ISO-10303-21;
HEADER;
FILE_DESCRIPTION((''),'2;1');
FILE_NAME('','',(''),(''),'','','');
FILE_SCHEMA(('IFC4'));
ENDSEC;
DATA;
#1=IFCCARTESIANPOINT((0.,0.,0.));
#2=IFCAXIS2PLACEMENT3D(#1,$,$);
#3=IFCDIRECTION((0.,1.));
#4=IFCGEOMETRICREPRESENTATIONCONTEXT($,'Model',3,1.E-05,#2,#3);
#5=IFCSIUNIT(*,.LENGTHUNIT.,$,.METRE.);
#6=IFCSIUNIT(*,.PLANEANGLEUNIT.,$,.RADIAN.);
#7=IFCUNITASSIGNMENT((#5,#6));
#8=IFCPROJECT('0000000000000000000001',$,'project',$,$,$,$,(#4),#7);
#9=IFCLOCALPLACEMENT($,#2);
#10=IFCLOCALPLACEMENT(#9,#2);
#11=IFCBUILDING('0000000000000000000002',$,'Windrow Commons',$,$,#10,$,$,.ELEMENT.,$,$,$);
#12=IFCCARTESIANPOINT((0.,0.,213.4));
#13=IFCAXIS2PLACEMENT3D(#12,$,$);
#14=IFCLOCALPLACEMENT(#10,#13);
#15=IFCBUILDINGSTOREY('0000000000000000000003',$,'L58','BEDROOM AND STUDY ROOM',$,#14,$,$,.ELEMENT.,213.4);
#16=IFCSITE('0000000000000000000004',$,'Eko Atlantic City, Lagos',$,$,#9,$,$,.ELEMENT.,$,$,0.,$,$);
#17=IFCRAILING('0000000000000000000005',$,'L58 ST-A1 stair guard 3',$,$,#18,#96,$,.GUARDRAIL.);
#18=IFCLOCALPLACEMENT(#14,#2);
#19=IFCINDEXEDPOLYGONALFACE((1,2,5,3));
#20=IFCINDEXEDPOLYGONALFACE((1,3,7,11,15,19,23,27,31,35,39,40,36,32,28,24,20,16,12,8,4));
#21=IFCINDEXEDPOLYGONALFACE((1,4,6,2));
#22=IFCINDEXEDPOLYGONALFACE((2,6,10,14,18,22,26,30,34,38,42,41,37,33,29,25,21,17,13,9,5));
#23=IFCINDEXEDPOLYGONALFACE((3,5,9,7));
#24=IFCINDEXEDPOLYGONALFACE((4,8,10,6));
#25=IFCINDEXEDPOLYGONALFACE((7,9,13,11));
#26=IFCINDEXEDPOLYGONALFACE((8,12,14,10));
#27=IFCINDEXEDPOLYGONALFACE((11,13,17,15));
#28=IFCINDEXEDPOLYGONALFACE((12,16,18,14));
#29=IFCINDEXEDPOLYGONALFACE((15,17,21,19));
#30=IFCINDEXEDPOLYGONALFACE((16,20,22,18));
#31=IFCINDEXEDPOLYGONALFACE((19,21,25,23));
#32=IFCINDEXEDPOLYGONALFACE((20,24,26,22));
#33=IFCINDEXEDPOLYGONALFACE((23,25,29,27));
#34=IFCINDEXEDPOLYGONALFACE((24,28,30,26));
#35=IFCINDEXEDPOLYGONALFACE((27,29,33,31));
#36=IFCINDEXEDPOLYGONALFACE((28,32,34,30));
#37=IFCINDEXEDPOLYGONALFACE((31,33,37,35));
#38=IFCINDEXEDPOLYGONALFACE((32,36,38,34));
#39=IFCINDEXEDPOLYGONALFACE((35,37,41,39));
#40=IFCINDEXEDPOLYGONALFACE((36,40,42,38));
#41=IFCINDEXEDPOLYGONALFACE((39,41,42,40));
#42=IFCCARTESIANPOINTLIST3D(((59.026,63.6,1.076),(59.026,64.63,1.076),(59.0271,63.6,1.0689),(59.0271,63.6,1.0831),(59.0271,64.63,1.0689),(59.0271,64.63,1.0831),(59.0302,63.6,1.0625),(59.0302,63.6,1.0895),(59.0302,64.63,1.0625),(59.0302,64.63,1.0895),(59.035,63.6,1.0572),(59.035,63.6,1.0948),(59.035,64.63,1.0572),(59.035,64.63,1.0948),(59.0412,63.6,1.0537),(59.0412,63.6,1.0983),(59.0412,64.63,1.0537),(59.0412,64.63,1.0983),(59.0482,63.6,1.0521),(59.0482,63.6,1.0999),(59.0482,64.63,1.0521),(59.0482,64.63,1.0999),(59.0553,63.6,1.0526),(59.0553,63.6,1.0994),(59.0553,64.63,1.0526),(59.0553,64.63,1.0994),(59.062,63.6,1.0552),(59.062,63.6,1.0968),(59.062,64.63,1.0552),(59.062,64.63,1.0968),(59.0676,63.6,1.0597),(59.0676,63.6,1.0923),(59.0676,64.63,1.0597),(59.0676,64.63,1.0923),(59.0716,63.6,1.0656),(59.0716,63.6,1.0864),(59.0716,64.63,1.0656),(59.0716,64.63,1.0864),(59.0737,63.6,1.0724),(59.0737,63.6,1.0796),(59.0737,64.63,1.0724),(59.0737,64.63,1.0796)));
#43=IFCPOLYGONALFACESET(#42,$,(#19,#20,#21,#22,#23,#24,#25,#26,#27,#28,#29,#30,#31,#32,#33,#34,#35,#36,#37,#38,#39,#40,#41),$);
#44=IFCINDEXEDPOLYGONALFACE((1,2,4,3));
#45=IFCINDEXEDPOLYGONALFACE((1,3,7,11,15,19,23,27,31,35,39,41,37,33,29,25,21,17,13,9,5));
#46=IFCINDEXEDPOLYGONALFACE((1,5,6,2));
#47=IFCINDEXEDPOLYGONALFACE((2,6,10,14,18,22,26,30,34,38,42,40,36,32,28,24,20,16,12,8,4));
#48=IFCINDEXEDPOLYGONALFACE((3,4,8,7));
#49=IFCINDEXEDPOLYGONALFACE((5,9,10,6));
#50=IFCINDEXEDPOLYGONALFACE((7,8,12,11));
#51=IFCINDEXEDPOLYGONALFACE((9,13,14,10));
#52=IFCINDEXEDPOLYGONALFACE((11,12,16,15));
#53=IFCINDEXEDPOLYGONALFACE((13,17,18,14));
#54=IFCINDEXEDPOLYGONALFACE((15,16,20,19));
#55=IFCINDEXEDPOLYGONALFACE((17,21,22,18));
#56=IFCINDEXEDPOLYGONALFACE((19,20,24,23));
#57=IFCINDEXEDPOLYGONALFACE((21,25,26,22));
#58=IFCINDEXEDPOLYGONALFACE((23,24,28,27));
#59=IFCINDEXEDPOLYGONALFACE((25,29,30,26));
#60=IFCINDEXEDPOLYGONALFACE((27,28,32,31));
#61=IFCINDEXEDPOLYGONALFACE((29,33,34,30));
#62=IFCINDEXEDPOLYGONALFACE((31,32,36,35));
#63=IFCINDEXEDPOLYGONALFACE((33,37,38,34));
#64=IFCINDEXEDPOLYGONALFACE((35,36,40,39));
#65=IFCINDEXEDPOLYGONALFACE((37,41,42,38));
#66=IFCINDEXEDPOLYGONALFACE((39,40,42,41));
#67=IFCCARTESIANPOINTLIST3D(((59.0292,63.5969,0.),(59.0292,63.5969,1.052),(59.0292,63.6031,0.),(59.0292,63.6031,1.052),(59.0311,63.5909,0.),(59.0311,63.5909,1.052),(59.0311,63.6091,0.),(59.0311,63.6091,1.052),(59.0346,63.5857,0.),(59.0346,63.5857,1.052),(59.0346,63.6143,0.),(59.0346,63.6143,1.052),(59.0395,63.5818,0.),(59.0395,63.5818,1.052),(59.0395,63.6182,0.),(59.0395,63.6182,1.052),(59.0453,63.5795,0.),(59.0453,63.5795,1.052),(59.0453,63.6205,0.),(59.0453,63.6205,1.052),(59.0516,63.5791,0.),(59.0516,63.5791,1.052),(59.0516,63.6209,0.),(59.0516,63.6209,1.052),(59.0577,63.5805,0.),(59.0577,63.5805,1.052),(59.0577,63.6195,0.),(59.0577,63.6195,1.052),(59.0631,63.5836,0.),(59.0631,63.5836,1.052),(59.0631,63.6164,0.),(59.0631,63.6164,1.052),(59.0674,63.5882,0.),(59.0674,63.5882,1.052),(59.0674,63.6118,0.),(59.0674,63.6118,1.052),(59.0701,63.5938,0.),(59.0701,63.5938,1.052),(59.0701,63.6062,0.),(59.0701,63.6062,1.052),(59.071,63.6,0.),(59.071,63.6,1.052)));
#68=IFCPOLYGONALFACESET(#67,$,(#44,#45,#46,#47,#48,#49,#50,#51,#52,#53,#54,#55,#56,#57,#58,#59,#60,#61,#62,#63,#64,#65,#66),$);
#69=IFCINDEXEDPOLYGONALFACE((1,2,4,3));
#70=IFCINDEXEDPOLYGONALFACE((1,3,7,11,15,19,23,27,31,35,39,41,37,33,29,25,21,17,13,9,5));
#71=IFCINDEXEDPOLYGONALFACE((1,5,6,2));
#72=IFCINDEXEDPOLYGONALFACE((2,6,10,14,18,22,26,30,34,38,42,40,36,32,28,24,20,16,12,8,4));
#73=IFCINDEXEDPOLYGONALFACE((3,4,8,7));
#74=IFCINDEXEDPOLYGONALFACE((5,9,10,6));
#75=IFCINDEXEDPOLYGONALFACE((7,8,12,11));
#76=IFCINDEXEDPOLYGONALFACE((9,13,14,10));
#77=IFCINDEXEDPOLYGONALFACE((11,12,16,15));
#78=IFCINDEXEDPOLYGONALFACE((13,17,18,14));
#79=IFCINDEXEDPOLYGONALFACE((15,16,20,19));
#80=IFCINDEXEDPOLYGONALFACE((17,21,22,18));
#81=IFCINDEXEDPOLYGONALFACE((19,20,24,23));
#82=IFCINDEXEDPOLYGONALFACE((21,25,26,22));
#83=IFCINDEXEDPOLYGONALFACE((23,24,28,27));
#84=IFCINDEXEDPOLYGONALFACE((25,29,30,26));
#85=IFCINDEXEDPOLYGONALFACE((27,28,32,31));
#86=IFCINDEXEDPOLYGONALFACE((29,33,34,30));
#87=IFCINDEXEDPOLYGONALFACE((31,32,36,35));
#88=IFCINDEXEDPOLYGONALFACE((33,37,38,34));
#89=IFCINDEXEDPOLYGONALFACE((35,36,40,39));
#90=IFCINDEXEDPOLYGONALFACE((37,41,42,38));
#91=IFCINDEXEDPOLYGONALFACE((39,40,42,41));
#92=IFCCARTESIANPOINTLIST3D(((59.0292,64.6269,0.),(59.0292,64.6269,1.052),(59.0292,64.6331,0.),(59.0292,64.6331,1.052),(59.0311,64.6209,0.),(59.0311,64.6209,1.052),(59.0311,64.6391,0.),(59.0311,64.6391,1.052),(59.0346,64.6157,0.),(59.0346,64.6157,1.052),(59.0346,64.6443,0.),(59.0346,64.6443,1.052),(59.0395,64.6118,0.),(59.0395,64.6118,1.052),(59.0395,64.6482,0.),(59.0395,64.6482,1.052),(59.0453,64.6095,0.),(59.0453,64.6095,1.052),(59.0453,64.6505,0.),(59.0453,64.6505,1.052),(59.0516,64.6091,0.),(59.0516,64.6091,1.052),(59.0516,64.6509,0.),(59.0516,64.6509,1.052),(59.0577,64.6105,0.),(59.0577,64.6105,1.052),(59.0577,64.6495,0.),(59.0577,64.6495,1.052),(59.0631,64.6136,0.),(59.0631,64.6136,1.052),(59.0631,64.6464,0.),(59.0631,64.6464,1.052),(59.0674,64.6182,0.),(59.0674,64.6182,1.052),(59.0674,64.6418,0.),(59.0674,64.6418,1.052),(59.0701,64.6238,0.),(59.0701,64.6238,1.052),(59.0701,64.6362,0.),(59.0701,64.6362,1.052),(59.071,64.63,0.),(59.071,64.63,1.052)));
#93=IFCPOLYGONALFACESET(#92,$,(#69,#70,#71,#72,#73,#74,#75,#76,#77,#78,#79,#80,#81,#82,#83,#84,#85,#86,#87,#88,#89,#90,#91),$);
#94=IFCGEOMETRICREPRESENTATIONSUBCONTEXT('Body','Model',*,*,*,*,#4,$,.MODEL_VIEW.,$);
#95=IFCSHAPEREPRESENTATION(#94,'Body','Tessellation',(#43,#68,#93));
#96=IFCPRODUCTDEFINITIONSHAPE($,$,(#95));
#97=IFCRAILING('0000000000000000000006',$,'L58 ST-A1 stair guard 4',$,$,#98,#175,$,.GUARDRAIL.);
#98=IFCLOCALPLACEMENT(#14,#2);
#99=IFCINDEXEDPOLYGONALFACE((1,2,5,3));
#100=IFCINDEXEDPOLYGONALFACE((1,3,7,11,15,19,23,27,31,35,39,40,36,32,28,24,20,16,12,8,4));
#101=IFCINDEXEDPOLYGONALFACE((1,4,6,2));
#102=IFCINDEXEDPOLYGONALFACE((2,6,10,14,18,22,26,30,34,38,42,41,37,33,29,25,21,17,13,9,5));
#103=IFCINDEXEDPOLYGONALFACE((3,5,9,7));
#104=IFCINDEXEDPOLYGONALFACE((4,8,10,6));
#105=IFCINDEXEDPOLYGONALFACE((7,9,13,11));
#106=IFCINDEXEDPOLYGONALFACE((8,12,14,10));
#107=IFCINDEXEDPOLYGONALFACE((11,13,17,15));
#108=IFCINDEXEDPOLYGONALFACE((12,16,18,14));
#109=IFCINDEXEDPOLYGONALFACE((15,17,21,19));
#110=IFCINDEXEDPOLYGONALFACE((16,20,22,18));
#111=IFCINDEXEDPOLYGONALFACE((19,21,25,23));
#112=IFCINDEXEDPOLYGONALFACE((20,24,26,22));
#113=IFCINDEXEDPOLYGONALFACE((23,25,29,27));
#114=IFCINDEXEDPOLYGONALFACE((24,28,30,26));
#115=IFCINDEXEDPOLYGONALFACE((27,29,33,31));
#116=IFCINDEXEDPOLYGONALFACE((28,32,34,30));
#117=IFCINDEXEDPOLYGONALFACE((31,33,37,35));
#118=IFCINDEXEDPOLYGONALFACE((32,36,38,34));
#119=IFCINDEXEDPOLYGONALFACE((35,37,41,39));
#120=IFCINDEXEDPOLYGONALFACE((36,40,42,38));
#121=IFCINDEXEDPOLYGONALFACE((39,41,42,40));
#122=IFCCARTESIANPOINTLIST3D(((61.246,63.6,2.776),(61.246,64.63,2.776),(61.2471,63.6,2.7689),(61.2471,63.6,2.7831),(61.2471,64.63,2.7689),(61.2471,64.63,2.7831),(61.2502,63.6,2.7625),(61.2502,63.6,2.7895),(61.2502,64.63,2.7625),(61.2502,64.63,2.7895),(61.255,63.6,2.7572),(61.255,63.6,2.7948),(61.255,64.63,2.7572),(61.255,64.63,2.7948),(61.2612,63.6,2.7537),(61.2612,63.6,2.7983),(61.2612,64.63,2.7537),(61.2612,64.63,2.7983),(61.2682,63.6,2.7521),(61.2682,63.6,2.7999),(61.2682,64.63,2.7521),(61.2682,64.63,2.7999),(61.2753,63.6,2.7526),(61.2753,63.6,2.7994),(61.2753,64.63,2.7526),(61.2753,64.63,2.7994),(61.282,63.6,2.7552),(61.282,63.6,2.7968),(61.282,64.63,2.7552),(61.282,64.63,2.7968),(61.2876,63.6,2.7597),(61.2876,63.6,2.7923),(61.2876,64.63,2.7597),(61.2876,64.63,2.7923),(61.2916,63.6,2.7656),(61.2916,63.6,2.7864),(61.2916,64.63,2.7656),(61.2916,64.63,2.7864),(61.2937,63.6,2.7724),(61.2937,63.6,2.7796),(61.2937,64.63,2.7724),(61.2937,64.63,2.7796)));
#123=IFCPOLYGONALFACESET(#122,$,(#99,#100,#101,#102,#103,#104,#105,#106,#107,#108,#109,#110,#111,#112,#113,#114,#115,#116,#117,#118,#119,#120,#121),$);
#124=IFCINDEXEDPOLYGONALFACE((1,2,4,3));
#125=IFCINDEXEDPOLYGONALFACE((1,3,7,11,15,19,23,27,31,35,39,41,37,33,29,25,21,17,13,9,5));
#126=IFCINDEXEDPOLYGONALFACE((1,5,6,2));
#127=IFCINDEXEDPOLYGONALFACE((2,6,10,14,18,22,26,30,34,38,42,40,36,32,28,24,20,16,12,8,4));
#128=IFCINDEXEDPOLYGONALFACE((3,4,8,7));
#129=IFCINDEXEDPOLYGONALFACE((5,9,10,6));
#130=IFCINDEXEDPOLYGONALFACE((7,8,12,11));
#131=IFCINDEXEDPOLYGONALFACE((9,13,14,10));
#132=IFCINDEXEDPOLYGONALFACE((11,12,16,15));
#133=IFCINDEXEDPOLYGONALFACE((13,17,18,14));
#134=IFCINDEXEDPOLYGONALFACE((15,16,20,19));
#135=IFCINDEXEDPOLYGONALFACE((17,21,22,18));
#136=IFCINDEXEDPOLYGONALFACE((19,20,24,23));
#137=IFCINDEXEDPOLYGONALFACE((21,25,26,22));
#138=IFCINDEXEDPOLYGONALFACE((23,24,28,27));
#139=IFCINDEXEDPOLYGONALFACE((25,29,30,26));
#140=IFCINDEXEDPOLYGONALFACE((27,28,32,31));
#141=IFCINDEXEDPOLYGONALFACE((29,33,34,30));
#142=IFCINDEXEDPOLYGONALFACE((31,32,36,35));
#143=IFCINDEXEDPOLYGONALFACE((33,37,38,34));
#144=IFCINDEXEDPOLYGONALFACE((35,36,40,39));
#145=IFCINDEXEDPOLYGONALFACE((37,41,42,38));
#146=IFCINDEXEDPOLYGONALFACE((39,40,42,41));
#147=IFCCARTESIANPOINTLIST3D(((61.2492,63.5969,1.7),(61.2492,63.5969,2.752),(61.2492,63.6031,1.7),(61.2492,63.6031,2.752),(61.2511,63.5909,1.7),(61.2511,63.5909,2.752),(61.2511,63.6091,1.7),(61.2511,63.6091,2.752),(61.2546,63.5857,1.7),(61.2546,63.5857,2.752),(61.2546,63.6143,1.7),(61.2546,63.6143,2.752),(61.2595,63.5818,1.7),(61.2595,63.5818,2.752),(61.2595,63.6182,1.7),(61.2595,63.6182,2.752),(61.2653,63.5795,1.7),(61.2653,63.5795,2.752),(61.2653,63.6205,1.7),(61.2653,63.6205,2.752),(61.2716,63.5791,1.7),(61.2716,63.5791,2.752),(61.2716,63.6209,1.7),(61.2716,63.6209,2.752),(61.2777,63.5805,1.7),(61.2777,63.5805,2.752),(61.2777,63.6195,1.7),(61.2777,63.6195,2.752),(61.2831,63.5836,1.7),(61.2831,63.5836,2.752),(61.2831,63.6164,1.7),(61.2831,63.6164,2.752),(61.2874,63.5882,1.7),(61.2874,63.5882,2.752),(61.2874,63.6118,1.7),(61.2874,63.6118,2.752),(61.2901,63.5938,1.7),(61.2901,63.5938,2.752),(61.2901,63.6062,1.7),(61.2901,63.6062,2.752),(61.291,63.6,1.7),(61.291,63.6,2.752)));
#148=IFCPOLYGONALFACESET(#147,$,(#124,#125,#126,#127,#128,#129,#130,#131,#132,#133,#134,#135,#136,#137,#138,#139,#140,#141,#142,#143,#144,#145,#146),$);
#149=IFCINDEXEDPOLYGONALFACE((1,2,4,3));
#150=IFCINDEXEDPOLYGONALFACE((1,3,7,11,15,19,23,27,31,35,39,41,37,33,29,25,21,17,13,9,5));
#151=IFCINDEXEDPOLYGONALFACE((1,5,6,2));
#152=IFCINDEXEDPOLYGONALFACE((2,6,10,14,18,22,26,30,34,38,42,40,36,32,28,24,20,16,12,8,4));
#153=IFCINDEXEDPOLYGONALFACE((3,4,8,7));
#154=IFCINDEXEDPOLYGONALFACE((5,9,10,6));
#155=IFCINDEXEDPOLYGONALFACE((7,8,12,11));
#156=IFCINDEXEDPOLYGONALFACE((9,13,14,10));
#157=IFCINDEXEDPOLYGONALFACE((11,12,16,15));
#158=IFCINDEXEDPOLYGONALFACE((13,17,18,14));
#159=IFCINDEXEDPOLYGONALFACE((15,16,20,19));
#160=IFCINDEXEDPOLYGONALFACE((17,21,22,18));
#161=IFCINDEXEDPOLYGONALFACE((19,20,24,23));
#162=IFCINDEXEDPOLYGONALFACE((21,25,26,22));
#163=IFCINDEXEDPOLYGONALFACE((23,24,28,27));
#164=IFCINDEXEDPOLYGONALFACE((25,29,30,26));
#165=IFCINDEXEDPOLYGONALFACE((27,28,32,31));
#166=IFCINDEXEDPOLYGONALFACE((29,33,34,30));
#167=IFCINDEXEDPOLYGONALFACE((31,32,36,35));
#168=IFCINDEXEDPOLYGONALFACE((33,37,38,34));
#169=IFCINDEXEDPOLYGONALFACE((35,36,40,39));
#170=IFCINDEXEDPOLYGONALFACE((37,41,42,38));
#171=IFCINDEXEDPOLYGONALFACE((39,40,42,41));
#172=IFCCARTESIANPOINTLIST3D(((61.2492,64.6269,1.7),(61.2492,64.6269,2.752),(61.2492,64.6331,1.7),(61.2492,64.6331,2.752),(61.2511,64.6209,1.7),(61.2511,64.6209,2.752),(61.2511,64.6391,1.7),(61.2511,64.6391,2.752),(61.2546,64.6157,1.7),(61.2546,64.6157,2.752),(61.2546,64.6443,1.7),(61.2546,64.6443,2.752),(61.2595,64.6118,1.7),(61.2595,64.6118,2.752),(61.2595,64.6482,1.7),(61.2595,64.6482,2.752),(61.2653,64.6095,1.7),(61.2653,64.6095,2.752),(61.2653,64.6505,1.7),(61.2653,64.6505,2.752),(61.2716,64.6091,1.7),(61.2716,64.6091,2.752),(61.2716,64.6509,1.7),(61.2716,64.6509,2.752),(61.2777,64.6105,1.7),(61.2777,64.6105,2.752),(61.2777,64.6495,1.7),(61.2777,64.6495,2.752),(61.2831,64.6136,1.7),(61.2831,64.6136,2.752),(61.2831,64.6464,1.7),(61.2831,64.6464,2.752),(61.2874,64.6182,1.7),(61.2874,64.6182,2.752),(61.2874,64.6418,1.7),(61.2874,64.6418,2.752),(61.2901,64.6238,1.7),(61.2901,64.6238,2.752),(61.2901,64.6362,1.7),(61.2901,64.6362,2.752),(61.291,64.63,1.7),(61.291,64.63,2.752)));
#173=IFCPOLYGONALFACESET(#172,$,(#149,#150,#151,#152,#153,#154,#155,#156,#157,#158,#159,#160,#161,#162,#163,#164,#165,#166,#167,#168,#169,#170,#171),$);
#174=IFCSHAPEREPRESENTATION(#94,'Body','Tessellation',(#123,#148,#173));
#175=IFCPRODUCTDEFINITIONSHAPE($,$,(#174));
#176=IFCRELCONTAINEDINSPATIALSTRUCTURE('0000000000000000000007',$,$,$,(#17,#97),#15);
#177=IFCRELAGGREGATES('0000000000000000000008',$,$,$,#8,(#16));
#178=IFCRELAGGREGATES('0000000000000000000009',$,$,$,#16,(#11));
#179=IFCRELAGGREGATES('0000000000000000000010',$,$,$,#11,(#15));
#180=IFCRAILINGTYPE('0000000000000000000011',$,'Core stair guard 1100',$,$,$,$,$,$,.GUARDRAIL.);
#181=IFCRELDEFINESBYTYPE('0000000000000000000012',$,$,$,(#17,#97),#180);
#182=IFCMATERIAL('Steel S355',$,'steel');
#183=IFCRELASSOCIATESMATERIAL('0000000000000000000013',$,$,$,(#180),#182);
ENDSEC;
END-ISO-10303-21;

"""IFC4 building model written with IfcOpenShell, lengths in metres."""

from ifc_helpers import new_model, si_unit, direction, frame, origin, origin_2d, place, context, subcontext, project, spatial, circle, extrude, material, type_object, element, save


model = new_model("IFC4")

# Units and contexts
model_context = context("Model", 3, precision=1e-05, world=origin(), true_north=direction((0.0, 1.0)))
body_context = subcontext(model_context, "Body", "Model", "MODEL_VIEW")
ifc_project = project(units=[si_unit("LENGTHUNIT", "METRE"), si_unit("PLANEANGLEUNIT", "RADIAN")], contexts=[model_context])

# Site, building, storey
site_placement = place(None, origin())
site = spatial("IfcSite", under=ifc_project, at=site_placement, Name="Eko Atlantic City, Lagos", CompositionType="ELEMENT", RefElevation=0.0)
building_placement = place(site_placement, origin())
building = spatial("IfcBuilding", under=site, at=building_placement, Name="Windrow Commons", CompositionType="ELEMENT")
storey_placement = place(building_placement, frame((0.0, 0.0, 213.4)))
storey = spatial("IfcBuildingStorey", under=building, at=storey_placement, Name="L58", Description="BEDROOM AND STUDY ROOM", CompositionType="ELEMENT", Elevation=213.4)

# Railings
ifc_material_1 = material(Name="Steel S355", Category="steel")
railing_type_1 = type_object("IfcRailingType", Name="Core stair guard 1100", PredefinedType="GUARDRAIL", material=ifc_material_1)
for number, where, name in (
    (1, (59.05, 63.6, 0.0), "L58 ST-A1 stair guard 3"),
    (2, (61.27, 63.6, 1.7), "L58 ST-A1 stair guard 4"),
):
    element("IfcRailing", number, at=place(storey_placement, frame(where)), inside=storey, type_object=railing_type_1, Name=name, PredefinedType="GUARDRAIL", context=body_context, shape_type="SweptSolid", body=[
        extrude(circle(Radius=0.024, at=origin_2d()), frame((0.0, 0.0, 1.076), z_axis=(0.0, 1.0, 0.0), x_axis=(-1.0, 0.0, 0.0)), (0.0, 0.0, 1.0), 1.03),
        extrude(circle(Radius=0.021, at=origin_2d()), origin(), (0.0, 0.0, 1.0), 1.052),
        extrude(circle(Radius=0.021, at=origin_2d()), frame((0.0, 1.03, 0.0)), (0.0, 0.0, 1.0), 1.052),
    ])

save(model, "model.ifc")
